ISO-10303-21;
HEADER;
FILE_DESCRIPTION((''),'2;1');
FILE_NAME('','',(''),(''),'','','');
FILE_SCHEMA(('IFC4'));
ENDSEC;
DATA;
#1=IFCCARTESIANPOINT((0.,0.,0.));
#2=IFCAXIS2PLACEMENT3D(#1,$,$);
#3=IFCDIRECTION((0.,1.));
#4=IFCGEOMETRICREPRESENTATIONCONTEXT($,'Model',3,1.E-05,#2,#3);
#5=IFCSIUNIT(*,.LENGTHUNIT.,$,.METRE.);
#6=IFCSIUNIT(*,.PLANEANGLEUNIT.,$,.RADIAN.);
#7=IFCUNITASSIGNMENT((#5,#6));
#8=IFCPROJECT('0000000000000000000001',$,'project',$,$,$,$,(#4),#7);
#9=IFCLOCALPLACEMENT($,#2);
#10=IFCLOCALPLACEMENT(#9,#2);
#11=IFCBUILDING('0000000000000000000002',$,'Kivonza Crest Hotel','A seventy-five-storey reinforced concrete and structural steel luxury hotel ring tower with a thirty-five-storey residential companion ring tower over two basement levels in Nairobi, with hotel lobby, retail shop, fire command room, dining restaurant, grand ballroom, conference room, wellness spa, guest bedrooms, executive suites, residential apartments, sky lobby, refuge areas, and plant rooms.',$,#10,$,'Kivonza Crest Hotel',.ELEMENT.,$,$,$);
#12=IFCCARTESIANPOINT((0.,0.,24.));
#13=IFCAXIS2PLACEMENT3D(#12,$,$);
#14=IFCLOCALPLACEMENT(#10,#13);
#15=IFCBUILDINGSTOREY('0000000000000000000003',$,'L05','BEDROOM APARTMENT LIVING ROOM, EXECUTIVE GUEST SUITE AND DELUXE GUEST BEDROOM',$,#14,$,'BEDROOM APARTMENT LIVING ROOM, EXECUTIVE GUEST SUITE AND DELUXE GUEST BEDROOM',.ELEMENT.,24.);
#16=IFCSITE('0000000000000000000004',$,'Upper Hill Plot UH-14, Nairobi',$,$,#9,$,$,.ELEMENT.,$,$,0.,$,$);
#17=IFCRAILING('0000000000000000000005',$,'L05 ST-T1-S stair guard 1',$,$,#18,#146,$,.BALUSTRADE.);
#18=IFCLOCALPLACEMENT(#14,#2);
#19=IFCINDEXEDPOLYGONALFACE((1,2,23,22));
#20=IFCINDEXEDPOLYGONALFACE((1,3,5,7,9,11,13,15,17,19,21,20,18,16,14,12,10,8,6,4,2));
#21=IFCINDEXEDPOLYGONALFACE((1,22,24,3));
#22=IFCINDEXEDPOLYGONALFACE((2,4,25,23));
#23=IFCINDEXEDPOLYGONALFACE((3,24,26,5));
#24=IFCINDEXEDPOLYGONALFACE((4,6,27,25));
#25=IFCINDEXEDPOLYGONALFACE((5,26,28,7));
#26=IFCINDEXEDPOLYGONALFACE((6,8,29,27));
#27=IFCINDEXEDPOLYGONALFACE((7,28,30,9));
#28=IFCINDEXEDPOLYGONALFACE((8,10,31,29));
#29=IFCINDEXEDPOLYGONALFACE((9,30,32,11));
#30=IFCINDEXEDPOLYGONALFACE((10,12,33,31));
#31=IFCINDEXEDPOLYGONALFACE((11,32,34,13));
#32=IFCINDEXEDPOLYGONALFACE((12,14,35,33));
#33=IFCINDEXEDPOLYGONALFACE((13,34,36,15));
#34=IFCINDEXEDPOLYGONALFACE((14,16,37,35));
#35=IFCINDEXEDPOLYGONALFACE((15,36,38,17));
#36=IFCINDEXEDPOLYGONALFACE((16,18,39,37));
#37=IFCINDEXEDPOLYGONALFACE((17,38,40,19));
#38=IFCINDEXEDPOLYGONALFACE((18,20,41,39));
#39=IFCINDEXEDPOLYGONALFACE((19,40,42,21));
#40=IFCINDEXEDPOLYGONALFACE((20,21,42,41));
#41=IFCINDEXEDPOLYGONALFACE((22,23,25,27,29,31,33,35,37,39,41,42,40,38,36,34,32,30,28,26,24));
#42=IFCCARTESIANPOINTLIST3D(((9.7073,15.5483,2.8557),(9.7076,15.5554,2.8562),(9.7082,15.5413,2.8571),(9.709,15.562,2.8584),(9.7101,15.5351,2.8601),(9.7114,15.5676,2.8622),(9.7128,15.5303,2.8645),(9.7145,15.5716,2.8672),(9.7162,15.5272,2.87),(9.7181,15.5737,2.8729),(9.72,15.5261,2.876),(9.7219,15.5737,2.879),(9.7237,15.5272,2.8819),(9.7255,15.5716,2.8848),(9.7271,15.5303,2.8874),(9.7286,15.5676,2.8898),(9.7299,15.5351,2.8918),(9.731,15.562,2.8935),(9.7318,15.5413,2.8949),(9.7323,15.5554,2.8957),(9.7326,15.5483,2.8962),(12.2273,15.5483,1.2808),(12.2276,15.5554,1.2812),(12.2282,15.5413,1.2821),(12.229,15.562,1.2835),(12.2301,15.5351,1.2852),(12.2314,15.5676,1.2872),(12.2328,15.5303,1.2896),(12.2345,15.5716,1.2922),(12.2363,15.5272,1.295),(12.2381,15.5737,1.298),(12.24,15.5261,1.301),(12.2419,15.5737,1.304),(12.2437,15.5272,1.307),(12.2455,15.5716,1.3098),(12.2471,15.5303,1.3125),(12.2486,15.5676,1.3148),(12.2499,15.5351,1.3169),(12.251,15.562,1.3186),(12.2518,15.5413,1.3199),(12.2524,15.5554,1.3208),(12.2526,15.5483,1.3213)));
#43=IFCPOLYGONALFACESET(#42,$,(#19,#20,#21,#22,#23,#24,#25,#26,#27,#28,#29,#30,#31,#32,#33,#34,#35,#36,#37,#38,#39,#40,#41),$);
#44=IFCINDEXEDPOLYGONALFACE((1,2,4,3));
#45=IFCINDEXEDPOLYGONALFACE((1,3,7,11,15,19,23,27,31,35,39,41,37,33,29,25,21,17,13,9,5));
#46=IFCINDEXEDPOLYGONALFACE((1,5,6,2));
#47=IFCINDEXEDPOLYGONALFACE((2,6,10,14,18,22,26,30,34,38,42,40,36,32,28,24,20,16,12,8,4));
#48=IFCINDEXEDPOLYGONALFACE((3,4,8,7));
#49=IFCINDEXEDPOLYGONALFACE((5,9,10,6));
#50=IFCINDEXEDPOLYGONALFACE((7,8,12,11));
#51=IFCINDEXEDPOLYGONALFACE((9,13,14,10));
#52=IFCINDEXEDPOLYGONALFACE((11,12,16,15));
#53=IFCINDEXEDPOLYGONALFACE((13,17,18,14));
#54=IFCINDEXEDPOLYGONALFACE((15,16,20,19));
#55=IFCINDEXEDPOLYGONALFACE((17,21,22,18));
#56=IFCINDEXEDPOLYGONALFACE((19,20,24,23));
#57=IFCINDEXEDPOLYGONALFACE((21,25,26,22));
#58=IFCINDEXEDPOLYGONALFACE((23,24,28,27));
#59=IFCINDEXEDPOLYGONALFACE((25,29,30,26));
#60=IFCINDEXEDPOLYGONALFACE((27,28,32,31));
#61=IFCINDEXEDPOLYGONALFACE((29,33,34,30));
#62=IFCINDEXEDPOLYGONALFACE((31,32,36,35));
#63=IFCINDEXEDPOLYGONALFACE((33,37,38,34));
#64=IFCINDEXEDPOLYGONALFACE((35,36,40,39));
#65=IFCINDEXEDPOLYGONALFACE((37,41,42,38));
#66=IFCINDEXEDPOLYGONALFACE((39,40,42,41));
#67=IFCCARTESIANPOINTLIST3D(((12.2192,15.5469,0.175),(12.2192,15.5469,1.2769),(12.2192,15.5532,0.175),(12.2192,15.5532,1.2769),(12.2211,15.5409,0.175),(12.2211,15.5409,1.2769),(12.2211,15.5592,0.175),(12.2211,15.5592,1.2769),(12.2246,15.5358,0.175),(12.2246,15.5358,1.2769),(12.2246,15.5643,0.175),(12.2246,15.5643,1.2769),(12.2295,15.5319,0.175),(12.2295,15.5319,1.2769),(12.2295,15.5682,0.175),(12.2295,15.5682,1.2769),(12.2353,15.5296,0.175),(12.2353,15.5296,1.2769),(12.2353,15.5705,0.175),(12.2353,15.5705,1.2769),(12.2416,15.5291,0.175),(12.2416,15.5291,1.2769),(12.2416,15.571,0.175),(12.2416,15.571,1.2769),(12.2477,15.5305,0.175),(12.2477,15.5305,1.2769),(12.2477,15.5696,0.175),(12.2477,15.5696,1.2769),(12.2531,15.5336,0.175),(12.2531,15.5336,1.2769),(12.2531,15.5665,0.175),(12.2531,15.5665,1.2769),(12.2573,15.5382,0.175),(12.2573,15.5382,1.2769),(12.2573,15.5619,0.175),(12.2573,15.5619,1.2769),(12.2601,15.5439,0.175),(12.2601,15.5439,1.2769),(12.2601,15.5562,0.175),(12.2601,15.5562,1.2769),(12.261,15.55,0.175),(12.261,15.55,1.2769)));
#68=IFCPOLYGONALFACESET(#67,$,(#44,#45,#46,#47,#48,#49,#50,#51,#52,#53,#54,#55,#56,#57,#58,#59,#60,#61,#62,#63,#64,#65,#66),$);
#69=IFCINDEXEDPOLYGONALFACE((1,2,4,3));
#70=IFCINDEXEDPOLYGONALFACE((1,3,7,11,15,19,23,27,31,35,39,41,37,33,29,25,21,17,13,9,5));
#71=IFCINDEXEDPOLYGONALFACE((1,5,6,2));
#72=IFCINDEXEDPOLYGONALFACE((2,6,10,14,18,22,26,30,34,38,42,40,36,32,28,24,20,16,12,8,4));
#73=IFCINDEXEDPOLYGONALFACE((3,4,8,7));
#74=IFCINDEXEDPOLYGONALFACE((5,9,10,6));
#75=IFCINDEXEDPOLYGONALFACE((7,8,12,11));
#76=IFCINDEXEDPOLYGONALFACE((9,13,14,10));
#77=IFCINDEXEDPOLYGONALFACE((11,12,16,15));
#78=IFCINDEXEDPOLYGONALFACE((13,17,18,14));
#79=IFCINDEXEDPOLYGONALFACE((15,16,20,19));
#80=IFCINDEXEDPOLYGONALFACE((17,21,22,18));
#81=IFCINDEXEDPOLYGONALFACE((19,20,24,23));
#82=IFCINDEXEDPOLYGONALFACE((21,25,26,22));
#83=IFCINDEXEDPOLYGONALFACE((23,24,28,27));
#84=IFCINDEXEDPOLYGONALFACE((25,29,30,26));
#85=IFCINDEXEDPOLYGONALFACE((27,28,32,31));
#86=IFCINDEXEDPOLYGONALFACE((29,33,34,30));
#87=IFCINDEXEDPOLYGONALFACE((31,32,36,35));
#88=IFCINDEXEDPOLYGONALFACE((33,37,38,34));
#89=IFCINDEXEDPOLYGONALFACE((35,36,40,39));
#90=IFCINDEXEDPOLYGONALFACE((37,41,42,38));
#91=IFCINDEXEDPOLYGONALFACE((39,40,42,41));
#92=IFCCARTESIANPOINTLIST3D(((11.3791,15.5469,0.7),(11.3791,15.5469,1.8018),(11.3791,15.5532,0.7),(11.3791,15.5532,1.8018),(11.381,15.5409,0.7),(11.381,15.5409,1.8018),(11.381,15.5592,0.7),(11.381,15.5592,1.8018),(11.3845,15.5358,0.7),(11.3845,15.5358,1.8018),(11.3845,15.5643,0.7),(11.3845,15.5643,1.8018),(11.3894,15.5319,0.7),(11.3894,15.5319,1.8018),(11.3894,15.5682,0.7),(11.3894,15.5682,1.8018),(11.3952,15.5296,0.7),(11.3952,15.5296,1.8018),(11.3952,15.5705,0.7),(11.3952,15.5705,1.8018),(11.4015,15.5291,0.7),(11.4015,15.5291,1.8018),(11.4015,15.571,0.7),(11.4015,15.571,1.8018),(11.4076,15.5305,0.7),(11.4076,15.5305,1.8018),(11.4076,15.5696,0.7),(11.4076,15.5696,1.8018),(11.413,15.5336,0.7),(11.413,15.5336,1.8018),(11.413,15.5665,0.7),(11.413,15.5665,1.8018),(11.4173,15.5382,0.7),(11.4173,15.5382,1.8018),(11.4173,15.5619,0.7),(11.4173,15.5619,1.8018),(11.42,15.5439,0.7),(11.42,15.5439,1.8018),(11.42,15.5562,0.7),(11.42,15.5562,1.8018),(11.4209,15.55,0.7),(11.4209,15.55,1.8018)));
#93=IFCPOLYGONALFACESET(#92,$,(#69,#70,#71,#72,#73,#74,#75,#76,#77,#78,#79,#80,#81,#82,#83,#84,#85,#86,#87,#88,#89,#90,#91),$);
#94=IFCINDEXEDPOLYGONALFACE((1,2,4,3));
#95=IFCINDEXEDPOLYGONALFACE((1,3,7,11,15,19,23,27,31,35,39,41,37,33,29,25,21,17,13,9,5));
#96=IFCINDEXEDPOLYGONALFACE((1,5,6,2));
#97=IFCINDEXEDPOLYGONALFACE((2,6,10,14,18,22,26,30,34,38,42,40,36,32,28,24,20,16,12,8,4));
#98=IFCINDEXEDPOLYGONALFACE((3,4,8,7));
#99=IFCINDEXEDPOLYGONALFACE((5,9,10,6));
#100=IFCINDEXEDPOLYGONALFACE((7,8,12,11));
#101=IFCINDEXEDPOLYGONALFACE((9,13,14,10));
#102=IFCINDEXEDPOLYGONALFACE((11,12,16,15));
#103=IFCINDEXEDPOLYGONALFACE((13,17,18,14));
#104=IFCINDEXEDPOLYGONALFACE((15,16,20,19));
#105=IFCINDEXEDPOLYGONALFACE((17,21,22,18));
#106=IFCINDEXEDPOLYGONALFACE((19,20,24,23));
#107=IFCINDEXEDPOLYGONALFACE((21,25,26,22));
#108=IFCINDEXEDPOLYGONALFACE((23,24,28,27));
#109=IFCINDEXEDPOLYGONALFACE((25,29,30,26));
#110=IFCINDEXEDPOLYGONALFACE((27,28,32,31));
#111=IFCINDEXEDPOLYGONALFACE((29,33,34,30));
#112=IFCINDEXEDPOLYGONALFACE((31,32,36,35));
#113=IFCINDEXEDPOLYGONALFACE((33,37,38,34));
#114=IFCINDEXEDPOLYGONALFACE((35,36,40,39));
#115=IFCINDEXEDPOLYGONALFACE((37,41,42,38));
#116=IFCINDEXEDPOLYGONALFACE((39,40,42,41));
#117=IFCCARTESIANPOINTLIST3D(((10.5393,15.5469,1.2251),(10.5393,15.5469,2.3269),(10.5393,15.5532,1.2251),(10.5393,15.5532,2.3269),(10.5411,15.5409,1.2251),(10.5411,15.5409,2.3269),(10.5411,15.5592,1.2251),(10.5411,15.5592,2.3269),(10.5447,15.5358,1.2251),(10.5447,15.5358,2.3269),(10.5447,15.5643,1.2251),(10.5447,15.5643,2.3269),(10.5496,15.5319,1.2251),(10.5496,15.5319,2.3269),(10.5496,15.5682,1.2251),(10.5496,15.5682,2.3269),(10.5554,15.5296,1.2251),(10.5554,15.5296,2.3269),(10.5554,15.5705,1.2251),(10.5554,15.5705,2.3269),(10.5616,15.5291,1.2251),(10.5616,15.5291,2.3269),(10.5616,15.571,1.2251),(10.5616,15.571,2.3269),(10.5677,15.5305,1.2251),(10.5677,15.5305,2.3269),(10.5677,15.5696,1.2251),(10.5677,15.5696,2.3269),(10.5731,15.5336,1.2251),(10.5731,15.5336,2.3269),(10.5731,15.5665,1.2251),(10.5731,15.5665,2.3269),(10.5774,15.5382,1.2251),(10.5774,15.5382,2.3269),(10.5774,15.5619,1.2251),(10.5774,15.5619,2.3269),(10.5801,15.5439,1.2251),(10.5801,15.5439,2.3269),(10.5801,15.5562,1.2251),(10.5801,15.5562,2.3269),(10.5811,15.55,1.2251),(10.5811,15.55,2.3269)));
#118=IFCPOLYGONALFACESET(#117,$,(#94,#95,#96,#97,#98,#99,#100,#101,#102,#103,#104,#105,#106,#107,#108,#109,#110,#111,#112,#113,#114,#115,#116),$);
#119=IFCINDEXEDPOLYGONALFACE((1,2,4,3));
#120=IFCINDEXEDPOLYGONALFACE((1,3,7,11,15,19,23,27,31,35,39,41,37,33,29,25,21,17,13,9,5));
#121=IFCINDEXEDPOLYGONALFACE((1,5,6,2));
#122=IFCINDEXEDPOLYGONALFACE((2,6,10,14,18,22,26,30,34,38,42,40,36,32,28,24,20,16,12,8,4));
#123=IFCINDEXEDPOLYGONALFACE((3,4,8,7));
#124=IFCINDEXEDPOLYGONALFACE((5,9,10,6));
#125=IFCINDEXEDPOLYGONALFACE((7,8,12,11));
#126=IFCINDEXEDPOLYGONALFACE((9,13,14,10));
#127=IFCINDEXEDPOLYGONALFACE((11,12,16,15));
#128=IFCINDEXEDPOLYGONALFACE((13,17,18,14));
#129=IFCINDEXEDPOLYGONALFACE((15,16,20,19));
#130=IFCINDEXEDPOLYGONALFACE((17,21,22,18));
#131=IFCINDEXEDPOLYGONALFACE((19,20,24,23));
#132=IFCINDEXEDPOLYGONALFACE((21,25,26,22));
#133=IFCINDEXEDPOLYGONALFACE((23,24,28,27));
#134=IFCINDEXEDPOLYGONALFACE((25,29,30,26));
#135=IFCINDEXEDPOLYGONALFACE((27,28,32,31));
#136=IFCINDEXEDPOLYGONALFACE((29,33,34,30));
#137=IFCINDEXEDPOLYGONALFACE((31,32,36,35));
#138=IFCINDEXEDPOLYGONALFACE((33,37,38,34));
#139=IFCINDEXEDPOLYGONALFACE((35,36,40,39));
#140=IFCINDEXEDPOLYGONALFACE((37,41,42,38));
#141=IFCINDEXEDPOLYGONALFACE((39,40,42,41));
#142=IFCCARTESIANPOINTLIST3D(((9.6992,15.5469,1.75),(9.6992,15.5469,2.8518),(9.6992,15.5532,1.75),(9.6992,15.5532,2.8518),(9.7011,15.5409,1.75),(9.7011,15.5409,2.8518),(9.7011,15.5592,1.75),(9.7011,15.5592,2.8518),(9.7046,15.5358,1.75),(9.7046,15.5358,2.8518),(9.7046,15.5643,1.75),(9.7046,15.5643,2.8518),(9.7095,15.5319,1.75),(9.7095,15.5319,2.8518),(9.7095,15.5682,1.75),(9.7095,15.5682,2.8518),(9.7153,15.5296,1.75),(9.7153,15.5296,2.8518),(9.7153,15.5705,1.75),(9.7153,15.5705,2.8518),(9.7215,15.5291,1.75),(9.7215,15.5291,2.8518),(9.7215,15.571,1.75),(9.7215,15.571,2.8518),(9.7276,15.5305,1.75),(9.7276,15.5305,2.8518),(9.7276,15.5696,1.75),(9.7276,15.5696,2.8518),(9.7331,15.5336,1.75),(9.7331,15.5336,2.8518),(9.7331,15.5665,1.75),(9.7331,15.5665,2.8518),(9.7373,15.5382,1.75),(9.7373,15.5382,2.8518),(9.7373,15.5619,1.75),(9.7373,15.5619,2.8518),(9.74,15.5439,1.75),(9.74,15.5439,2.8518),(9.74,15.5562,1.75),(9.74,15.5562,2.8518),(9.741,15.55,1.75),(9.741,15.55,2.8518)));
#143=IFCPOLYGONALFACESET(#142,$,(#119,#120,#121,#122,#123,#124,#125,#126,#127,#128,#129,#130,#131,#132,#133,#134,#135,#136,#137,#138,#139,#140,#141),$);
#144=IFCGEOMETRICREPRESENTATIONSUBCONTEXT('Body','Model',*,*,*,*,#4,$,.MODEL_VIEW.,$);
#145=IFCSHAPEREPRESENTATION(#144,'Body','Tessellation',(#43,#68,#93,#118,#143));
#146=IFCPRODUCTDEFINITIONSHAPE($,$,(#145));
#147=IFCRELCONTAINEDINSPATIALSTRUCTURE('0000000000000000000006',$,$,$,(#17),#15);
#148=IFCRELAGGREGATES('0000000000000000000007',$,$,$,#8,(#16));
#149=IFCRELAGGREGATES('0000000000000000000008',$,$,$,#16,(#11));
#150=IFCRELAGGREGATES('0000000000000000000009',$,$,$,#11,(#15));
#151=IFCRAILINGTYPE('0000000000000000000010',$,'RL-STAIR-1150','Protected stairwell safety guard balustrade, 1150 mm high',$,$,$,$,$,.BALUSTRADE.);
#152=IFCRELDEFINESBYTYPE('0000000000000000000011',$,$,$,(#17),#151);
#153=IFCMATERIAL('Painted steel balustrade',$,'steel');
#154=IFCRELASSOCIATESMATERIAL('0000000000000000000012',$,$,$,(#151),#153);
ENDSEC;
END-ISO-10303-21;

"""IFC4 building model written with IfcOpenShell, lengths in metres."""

from ifc_helpers import new_model, si_unit, direction, frame, origin, origin_2d, place, context, subcontext, project, spatial, circle, extrude, material, type_object, element, save


model = new_model("IFC4")

# Units and contexts
model_context = context("Model", 3, precision=1e-05, world=origin(), true_north=direction((0.0, 1.0)))
body_context = subcontext(model_context, "Body", "Model", "MODEL_VIEW")
ifc_project = project(units=[si_unit("LENGTHUNIT", "METRE"), si_unit("PLANEANGLEUNIT", "RADIAN")], contexts=[model_context])

# Site, building, storey
site_placement = place(None, origin())
site = spatial("IfcSite", under=ifc_project, at=site_placement, Name="Upper Hill Plot UH-14, Nairobi", CompositionType="ELEMENT", RefElevation=0.0)
building_placement = place(site_placement, origin())
building = spatial("IfcBuilding", under=site, at=building_placement, Name="Kivonza Crest Hotel", Description="A seventy-five-storey reinforced concrete and structural steel luxury hotel ring tower with a thirty-five-storey residential companion ring tower over two basement levels in Nairobi, with hotel lobby, retail shop, fire command room, dining restaurant, grand ballroom, conference room, wellness spa, guest bedrooms, executive suites, residential apartments, sky lobby, refuge areas, and plant rooms.", LongName="Kivonza Crest Hotel", CompositionType="ELEMENT")
storey_placement = place(building_placement, frame((0.0, 0.0, 24.0)))
storey = spatial("IfcBuildingStorey", under=building, at=storey_placement, Name="L05", Description="BEDROOM APARTMENT LIVING ROOM, EXECUTIVE GUEST SUITE AND DELUXE GUEST BEDROOM", LongName="BEDROOM APARTMENT LIVING ROOM, EXECUTIVE GUEST SUITE AND DELUXE GUEST BEDROOM", CompositionType="ELEMENT", Elevation=24.0)

# Railing
ifc_material_1 = material(Name="Painted steel balustrade", Category="steel")
railing_type_1 = type_object("IfcRailingType", Name="RL-STAIR-1150", Description="Protected stairwell safety guard balustrade, 1150 mm high", PredefinedType="BALUSTRADE", material=ifc_material_1)
railing_1_placement = place(storey_placement, frame((12.24, 15.55, 0.175)))
element("IfcRailing", 1, at=railing_1_placement, inside=storey, type_object=railing_type_1, Name="L05 ST-T1-S stair guard 1", PredefinedType="BALUSTRADE", context=body_context, shape_type="SweptSolid", body=[
    extrude(circle(Radius=0.0239, at=origin_2d()), frame((0.0, 0.0, 1.126), z_axis=(-0.848008, 0.0, 0.529984), x_axis=(0.0, -1.0, 0.0)), (0.0, 0.0, 1.0), 2.9717),
    extrude(circle(Radius=0.021, at=origin_2d()), origin(), (0.0, 0.0, 1.0), 1.1018),
    extrude(circle(Radius=0.021, at=origin_2d()), frame((-0.8401, 0.0, 0.5249)), (0.0, 0.0, 1.0), 1.1018),
    extrude(circle(Radius=0.021, at=origin_2d()), frame((-1.6799, 0.0, 1.05)), (0.0, 0.0, 1.0), 1.1018),
    extrude(circle(Radius=0.021, at=origin_2d()), frame((-2.52, 0.0, 1.575)), (0.0, 0.0, 1.0), 1.1018),
])

save(model, "model.ifc")
